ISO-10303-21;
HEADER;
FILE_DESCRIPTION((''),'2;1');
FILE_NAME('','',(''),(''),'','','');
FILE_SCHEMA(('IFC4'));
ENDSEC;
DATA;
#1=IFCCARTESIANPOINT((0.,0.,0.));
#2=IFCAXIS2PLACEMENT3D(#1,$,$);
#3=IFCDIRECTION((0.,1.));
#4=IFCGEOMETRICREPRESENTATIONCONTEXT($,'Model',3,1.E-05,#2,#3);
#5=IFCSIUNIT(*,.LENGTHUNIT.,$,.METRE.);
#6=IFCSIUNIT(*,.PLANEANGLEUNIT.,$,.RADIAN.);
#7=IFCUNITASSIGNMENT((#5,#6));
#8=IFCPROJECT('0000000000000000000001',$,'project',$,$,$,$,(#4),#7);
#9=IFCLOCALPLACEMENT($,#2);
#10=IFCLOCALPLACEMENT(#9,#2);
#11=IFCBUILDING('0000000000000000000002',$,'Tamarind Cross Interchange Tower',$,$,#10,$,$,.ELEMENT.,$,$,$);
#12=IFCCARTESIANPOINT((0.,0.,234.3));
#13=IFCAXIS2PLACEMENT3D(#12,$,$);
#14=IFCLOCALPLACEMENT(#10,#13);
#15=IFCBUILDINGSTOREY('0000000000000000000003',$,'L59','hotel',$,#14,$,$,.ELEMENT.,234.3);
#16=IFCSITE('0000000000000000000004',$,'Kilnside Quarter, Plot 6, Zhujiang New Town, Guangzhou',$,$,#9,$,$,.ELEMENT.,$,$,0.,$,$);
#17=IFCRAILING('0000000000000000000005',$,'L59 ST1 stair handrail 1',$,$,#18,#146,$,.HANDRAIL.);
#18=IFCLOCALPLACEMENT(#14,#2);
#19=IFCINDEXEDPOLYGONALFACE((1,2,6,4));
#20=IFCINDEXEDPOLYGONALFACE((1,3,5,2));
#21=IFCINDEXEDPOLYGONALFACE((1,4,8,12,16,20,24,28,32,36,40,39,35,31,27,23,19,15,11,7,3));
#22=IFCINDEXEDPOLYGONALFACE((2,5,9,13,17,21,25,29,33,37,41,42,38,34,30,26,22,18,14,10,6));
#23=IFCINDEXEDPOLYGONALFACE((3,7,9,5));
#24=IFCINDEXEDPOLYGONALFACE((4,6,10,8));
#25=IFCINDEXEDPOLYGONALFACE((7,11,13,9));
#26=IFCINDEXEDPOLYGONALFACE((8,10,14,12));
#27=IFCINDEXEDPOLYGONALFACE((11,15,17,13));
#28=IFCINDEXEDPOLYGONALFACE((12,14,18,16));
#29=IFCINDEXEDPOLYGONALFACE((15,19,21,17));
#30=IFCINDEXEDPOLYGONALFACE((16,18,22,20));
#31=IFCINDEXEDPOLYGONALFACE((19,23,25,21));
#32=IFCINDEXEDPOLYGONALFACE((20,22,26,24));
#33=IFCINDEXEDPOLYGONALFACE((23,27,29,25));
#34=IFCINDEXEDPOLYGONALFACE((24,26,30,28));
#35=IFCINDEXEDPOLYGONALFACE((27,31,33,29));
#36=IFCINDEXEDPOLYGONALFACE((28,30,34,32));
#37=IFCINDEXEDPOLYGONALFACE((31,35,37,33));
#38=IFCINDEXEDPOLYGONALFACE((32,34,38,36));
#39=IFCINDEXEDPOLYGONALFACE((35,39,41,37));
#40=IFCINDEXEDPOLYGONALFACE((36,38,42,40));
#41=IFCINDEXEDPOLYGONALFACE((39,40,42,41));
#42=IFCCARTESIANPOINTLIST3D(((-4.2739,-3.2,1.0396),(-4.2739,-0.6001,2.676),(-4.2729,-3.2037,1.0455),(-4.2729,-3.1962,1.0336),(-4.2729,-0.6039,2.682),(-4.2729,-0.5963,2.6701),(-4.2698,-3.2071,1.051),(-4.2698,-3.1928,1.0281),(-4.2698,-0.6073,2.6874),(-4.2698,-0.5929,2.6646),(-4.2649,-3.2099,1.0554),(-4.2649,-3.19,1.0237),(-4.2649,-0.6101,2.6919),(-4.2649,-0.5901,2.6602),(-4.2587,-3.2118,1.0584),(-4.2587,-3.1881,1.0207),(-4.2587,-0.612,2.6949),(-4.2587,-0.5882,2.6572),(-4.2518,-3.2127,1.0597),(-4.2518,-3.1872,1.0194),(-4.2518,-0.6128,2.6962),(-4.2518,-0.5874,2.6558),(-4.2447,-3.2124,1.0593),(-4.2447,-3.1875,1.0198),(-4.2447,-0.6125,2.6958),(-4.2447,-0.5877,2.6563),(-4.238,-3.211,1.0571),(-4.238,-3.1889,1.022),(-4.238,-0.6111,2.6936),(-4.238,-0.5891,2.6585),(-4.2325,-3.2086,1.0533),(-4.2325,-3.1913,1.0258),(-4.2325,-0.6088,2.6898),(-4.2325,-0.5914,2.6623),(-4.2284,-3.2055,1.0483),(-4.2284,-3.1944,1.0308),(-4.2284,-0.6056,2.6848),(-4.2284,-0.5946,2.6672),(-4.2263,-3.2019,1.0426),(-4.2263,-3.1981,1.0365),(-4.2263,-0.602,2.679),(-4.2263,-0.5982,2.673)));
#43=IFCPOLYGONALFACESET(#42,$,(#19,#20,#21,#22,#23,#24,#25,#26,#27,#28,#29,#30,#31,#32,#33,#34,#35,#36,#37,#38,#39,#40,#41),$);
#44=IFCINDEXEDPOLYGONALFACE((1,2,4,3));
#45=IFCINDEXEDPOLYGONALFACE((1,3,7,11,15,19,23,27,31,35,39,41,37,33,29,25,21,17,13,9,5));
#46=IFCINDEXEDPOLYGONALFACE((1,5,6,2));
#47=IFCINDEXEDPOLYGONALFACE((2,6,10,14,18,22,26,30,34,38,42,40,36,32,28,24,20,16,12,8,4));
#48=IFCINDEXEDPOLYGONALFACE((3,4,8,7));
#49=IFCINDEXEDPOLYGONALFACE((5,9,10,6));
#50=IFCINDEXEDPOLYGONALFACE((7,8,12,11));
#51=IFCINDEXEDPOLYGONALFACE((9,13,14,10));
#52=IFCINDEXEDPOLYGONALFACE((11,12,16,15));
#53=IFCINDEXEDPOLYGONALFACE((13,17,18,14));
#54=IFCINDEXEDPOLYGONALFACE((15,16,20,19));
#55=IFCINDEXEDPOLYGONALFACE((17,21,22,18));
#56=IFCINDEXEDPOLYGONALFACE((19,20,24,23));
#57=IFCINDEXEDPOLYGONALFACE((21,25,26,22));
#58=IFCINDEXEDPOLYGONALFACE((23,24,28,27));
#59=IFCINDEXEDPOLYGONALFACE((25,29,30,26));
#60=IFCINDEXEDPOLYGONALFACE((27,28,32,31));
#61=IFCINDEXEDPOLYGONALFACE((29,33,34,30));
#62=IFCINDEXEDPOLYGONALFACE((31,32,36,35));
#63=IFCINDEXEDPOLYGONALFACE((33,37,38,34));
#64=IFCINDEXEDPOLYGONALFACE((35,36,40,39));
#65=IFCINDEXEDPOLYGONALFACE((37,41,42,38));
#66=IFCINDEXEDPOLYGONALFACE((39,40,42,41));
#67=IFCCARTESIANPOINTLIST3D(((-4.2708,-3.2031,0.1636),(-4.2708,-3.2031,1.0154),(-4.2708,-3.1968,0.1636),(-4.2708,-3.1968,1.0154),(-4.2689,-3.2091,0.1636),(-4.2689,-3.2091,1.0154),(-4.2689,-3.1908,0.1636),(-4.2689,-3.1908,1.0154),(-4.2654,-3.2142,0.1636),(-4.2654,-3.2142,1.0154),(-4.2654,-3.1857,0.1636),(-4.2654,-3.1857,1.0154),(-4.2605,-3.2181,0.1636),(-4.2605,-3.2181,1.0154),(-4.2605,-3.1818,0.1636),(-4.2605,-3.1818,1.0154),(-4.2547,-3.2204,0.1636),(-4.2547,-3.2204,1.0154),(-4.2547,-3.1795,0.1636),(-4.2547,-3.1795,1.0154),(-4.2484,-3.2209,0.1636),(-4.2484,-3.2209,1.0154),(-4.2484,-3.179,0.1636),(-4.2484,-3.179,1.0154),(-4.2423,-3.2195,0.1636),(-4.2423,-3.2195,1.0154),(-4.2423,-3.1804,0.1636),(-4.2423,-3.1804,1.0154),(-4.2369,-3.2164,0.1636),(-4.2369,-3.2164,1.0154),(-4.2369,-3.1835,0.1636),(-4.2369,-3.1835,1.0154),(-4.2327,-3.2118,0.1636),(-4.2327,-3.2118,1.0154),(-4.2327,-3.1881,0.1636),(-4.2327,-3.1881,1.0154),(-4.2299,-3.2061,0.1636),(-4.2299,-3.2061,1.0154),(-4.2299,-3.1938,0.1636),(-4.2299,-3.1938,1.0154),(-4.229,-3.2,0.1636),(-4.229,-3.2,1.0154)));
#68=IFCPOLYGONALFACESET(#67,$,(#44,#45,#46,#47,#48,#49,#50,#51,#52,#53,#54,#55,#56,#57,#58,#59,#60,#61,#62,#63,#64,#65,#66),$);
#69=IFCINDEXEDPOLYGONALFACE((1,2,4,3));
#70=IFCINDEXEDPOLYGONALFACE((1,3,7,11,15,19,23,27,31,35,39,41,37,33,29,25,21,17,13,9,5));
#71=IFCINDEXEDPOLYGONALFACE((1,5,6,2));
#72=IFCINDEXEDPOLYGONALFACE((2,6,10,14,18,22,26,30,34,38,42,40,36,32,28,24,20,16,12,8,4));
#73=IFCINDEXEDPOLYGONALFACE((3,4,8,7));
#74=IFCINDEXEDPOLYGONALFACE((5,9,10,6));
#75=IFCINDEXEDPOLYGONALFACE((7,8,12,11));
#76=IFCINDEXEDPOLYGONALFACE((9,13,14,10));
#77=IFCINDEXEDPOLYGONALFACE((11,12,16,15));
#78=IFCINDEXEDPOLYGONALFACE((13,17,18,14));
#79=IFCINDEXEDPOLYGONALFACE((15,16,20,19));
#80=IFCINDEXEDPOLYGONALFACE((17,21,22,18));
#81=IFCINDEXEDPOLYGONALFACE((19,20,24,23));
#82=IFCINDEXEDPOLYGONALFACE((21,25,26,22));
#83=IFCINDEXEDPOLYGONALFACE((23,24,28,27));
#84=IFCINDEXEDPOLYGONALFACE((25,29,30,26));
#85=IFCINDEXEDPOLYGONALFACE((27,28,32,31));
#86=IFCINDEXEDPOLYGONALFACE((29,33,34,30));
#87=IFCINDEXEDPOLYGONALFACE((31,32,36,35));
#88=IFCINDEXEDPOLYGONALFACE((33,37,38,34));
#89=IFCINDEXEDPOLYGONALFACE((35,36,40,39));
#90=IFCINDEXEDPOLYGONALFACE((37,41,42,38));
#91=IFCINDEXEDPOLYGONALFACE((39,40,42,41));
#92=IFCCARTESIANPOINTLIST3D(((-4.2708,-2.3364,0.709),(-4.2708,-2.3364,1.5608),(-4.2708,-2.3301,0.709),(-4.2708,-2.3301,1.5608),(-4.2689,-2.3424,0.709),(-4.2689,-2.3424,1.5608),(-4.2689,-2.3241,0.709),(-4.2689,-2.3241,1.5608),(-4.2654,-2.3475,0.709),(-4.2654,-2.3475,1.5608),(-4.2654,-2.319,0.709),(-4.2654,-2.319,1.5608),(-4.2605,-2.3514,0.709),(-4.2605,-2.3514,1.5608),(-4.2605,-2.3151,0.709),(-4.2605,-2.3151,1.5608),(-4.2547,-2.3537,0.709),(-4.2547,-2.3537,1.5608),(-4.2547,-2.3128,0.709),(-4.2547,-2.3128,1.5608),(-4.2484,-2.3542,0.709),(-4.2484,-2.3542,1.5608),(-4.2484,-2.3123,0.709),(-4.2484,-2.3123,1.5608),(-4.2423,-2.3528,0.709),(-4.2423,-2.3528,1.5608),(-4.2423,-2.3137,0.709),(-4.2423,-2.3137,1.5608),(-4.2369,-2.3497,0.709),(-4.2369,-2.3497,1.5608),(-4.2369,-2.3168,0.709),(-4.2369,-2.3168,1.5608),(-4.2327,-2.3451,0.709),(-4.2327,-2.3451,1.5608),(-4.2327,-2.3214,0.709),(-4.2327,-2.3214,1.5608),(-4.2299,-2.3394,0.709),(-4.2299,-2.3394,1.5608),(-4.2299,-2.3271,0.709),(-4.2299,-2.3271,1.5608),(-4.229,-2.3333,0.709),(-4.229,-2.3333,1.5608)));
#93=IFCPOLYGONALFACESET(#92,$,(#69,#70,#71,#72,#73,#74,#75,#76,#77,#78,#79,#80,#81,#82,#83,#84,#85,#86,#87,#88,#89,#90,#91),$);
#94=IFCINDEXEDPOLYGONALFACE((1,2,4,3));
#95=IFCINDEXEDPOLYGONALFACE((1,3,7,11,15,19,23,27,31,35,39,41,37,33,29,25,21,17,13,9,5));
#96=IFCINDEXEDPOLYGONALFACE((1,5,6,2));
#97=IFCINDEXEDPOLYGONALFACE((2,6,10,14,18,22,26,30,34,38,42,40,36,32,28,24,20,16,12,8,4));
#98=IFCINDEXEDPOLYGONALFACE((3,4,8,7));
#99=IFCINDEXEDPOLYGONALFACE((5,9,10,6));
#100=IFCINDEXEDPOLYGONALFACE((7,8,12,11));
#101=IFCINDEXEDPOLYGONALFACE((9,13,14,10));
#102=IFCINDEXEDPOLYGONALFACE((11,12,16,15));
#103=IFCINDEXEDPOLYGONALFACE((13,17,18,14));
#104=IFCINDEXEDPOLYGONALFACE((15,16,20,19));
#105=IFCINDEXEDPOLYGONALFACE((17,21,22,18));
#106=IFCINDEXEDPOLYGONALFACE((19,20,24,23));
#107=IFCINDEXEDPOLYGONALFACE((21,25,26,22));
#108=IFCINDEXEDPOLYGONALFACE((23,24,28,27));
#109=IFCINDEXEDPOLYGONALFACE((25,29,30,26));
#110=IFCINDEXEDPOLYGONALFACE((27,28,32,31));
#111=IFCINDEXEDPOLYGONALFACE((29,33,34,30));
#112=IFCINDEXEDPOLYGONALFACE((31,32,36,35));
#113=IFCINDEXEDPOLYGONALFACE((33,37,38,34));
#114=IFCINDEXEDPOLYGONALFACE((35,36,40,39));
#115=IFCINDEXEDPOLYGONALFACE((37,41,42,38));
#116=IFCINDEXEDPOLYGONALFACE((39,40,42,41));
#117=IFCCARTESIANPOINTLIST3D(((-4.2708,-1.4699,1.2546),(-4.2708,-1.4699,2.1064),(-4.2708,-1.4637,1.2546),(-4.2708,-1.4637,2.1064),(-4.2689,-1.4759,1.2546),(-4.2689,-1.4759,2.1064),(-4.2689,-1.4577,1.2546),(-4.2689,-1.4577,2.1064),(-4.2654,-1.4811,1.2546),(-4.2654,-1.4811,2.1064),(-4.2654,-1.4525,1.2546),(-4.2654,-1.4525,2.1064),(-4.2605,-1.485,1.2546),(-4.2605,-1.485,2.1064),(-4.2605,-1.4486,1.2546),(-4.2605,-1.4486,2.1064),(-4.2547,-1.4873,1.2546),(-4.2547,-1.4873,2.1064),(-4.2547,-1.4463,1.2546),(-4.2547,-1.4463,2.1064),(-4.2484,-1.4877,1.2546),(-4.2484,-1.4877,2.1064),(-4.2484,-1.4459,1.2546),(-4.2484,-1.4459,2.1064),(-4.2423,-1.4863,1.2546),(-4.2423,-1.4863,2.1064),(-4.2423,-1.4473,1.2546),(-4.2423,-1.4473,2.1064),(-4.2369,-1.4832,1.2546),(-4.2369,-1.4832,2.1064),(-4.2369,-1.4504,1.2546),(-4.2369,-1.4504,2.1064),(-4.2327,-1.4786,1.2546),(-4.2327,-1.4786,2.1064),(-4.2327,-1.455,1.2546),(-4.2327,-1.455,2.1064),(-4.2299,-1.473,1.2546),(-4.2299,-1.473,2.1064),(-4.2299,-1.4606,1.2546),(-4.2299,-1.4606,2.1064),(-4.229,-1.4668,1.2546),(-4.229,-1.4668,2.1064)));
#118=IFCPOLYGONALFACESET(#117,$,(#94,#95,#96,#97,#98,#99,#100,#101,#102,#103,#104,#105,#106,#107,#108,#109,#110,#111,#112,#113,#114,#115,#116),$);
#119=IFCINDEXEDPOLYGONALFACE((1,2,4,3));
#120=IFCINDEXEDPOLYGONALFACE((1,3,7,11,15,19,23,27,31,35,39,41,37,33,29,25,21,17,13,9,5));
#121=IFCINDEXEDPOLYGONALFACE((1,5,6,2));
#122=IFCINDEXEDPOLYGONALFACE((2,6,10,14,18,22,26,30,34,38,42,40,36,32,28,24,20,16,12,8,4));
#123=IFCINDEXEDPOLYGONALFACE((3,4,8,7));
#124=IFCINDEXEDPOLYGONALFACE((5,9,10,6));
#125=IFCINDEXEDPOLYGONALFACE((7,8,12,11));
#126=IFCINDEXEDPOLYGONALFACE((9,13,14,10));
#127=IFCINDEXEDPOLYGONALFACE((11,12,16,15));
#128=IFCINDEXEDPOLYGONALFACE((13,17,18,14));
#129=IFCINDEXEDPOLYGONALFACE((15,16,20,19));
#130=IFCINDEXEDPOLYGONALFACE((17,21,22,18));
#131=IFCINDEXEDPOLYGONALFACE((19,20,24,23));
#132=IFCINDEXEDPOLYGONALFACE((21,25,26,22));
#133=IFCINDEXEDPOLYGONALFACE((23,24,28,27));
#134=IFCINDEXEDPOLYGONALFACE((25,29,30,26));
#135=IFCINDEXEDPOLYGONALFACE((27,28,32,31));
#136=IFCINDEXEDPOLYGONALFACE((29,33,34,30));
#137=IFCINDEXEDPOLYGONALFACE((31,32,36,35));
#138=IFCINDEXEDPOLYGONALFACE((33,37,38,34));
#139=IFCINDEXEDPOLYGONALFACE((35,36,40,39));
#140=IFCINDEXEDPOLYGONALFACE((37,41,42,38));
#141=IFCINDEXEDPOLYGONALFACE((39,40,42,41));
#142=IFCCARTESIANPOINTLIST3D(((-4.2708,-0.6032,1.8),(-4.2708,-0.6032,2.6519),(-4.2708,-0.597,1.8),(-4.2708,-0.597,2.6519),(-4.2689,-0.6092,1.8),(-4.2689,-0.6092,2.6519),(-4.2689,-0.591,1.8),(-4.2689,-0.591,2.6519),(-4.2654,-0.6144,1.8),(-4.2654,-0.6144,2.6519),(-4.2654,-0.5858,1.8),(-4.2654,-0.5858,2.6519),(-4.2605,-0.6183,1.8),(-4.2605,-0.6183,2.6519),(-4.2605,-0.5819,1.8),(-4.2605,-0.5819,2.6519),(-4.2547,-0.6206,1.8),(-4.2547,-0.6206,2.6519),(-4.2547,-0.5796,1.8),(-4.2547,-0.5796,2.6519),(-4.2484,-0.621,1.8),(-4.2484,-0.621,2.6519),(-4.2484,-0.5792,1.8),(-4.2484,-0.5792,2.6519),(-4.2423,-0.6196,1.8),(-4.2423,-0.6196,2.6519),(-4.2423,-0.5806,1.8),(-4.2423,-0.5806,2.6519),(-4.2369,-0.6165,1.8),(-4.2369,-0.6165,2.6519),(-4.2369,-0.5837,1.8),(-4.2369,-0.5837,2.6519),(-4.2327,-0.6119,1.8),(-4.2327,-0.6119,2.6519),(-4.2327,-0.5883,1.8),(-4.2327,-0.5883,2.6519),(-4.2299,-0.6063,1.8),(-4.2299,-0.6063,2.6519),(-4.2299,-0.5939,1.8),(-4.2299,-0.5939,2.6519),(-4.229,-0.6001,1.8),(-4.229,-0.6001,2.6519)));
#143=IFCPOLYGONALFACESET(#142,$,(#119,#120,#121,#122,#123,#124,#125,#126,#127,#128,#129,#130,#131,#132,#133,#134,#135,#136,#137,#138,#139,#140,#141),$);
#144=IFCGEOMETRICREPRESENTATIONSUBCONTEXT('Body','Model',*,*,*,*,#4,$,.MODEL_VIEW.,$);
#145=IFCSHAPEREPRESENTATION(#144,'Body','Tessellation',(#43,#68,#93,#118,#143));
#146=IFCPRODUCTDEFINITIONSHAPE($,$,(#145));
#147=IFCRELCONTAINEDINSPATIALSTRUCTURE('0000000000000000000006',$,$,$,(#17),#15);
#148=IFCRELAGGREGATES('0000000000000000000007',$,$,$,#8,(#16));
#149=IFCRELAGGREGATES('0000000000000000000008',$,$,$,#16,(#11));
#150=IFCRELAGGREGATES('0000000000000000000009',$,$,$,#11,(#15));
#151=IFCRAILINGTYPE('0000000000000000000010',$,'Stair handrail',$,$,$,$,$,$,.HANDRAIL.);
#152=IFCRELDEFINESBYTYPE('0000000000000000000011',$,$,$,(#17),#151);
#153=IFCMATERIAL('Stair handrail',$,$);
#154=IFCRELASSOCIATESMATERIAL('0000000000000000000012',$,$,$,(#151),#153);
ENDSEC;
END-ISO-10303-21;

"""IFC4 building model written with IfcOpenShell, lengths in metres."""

from ifc_helpers import new_model, si_unit, direction, frame, origin, origin_2d, place, context, subcontext, project, spatial, circle, extrude, material, type_object, element, save


model = new_model("IFC4")

# Units and contexts
model_context = context("Model", 3, precision=1e-05, world=origin(), true_north=direction((0.0, 1.0)))
body_context = subcontext(model_context, "Body", "Model", "MODEL_VIEW")
ifc_project = project(units=[si_unit("LENGTHUNIT", "METRE"), si_unit("PLANEANGLEUNIT", "RADIAN")], contexts=[model_context])

# Site, building, storey
site_placement = place(None, origin())
site = spatial("IfcSite", under=ifc_project, at=site_placement, Name="Kilnside Quarter, Plot 6, Zhujiang New Town, Guangzhou", CompositionType="ELEMENT", RefElevation=0.0)
building_placement = place(site_placement, origin())
building = spatial("IfcBuilding", under=site, at=building_placement, Name="Tamarind Cross Interchange Tower", CompositionType="ELEMENT")
storey_placement = place(building_placement, frame((0.0, 0.0, 234.3)))
storey = spatial("IfcBuildingStorey", under=building, at=storey_placement, Name="L59", Description="hotel", CompositionType="ELEMENT", Elevation=234.3)

# Railing
ifc_material_1 = material(Name="Stair handrail")
railing_type_1 = type_object("IfcRailingType", Name="Stair handrail", PredefinedType="HANDRAIL", material=ifc_material_1)
railing_1_placement = place(storey_placement, frame((-4.25, -3.2, 0.1636)))
element("IfcRailing", 1, at=railing_1_placement, inside=storey, type_object=railing_type_1, Name="L59 ST1 stair handrail 1", PredefinedType="HANDRAIL", context=body_context, shape_type="SweptSolid", body=[
    extrude(circle(Radius=0.0239, at=origin_2d()), frame((0.0, 0.0, 0.876), z_axis=(0.0, 0.846302, 0.532704), x_axis=(-1.0, 0.0, 0.0)), (0.0, 0.0, 1.0), 3.072),
    extrude(circle(Radius=0.021, at=origin_2d()), origin(), (0.0, 0.0, 1.0), 0.8518),
    extrude(circle(Radius=0.021, at=origin_2d()), frame((0.0, 0.8667, 0.5454)), (0.0, 0.0, 1.0), 0.8518),
    extrude(circle(Radius=0.021, at=origin_2d()), frame((0.0, 1.7332, 1.0911)), (0.0, 0.0, 1.0), 0.8518),
    extrude(circle(Radius=0.021, at=origin_2d()), frame((0.0, 2.5999, 1.6365)), (0.0, 0.0, 1.0), 0.8518),
])

save(model, "model.ifc")
